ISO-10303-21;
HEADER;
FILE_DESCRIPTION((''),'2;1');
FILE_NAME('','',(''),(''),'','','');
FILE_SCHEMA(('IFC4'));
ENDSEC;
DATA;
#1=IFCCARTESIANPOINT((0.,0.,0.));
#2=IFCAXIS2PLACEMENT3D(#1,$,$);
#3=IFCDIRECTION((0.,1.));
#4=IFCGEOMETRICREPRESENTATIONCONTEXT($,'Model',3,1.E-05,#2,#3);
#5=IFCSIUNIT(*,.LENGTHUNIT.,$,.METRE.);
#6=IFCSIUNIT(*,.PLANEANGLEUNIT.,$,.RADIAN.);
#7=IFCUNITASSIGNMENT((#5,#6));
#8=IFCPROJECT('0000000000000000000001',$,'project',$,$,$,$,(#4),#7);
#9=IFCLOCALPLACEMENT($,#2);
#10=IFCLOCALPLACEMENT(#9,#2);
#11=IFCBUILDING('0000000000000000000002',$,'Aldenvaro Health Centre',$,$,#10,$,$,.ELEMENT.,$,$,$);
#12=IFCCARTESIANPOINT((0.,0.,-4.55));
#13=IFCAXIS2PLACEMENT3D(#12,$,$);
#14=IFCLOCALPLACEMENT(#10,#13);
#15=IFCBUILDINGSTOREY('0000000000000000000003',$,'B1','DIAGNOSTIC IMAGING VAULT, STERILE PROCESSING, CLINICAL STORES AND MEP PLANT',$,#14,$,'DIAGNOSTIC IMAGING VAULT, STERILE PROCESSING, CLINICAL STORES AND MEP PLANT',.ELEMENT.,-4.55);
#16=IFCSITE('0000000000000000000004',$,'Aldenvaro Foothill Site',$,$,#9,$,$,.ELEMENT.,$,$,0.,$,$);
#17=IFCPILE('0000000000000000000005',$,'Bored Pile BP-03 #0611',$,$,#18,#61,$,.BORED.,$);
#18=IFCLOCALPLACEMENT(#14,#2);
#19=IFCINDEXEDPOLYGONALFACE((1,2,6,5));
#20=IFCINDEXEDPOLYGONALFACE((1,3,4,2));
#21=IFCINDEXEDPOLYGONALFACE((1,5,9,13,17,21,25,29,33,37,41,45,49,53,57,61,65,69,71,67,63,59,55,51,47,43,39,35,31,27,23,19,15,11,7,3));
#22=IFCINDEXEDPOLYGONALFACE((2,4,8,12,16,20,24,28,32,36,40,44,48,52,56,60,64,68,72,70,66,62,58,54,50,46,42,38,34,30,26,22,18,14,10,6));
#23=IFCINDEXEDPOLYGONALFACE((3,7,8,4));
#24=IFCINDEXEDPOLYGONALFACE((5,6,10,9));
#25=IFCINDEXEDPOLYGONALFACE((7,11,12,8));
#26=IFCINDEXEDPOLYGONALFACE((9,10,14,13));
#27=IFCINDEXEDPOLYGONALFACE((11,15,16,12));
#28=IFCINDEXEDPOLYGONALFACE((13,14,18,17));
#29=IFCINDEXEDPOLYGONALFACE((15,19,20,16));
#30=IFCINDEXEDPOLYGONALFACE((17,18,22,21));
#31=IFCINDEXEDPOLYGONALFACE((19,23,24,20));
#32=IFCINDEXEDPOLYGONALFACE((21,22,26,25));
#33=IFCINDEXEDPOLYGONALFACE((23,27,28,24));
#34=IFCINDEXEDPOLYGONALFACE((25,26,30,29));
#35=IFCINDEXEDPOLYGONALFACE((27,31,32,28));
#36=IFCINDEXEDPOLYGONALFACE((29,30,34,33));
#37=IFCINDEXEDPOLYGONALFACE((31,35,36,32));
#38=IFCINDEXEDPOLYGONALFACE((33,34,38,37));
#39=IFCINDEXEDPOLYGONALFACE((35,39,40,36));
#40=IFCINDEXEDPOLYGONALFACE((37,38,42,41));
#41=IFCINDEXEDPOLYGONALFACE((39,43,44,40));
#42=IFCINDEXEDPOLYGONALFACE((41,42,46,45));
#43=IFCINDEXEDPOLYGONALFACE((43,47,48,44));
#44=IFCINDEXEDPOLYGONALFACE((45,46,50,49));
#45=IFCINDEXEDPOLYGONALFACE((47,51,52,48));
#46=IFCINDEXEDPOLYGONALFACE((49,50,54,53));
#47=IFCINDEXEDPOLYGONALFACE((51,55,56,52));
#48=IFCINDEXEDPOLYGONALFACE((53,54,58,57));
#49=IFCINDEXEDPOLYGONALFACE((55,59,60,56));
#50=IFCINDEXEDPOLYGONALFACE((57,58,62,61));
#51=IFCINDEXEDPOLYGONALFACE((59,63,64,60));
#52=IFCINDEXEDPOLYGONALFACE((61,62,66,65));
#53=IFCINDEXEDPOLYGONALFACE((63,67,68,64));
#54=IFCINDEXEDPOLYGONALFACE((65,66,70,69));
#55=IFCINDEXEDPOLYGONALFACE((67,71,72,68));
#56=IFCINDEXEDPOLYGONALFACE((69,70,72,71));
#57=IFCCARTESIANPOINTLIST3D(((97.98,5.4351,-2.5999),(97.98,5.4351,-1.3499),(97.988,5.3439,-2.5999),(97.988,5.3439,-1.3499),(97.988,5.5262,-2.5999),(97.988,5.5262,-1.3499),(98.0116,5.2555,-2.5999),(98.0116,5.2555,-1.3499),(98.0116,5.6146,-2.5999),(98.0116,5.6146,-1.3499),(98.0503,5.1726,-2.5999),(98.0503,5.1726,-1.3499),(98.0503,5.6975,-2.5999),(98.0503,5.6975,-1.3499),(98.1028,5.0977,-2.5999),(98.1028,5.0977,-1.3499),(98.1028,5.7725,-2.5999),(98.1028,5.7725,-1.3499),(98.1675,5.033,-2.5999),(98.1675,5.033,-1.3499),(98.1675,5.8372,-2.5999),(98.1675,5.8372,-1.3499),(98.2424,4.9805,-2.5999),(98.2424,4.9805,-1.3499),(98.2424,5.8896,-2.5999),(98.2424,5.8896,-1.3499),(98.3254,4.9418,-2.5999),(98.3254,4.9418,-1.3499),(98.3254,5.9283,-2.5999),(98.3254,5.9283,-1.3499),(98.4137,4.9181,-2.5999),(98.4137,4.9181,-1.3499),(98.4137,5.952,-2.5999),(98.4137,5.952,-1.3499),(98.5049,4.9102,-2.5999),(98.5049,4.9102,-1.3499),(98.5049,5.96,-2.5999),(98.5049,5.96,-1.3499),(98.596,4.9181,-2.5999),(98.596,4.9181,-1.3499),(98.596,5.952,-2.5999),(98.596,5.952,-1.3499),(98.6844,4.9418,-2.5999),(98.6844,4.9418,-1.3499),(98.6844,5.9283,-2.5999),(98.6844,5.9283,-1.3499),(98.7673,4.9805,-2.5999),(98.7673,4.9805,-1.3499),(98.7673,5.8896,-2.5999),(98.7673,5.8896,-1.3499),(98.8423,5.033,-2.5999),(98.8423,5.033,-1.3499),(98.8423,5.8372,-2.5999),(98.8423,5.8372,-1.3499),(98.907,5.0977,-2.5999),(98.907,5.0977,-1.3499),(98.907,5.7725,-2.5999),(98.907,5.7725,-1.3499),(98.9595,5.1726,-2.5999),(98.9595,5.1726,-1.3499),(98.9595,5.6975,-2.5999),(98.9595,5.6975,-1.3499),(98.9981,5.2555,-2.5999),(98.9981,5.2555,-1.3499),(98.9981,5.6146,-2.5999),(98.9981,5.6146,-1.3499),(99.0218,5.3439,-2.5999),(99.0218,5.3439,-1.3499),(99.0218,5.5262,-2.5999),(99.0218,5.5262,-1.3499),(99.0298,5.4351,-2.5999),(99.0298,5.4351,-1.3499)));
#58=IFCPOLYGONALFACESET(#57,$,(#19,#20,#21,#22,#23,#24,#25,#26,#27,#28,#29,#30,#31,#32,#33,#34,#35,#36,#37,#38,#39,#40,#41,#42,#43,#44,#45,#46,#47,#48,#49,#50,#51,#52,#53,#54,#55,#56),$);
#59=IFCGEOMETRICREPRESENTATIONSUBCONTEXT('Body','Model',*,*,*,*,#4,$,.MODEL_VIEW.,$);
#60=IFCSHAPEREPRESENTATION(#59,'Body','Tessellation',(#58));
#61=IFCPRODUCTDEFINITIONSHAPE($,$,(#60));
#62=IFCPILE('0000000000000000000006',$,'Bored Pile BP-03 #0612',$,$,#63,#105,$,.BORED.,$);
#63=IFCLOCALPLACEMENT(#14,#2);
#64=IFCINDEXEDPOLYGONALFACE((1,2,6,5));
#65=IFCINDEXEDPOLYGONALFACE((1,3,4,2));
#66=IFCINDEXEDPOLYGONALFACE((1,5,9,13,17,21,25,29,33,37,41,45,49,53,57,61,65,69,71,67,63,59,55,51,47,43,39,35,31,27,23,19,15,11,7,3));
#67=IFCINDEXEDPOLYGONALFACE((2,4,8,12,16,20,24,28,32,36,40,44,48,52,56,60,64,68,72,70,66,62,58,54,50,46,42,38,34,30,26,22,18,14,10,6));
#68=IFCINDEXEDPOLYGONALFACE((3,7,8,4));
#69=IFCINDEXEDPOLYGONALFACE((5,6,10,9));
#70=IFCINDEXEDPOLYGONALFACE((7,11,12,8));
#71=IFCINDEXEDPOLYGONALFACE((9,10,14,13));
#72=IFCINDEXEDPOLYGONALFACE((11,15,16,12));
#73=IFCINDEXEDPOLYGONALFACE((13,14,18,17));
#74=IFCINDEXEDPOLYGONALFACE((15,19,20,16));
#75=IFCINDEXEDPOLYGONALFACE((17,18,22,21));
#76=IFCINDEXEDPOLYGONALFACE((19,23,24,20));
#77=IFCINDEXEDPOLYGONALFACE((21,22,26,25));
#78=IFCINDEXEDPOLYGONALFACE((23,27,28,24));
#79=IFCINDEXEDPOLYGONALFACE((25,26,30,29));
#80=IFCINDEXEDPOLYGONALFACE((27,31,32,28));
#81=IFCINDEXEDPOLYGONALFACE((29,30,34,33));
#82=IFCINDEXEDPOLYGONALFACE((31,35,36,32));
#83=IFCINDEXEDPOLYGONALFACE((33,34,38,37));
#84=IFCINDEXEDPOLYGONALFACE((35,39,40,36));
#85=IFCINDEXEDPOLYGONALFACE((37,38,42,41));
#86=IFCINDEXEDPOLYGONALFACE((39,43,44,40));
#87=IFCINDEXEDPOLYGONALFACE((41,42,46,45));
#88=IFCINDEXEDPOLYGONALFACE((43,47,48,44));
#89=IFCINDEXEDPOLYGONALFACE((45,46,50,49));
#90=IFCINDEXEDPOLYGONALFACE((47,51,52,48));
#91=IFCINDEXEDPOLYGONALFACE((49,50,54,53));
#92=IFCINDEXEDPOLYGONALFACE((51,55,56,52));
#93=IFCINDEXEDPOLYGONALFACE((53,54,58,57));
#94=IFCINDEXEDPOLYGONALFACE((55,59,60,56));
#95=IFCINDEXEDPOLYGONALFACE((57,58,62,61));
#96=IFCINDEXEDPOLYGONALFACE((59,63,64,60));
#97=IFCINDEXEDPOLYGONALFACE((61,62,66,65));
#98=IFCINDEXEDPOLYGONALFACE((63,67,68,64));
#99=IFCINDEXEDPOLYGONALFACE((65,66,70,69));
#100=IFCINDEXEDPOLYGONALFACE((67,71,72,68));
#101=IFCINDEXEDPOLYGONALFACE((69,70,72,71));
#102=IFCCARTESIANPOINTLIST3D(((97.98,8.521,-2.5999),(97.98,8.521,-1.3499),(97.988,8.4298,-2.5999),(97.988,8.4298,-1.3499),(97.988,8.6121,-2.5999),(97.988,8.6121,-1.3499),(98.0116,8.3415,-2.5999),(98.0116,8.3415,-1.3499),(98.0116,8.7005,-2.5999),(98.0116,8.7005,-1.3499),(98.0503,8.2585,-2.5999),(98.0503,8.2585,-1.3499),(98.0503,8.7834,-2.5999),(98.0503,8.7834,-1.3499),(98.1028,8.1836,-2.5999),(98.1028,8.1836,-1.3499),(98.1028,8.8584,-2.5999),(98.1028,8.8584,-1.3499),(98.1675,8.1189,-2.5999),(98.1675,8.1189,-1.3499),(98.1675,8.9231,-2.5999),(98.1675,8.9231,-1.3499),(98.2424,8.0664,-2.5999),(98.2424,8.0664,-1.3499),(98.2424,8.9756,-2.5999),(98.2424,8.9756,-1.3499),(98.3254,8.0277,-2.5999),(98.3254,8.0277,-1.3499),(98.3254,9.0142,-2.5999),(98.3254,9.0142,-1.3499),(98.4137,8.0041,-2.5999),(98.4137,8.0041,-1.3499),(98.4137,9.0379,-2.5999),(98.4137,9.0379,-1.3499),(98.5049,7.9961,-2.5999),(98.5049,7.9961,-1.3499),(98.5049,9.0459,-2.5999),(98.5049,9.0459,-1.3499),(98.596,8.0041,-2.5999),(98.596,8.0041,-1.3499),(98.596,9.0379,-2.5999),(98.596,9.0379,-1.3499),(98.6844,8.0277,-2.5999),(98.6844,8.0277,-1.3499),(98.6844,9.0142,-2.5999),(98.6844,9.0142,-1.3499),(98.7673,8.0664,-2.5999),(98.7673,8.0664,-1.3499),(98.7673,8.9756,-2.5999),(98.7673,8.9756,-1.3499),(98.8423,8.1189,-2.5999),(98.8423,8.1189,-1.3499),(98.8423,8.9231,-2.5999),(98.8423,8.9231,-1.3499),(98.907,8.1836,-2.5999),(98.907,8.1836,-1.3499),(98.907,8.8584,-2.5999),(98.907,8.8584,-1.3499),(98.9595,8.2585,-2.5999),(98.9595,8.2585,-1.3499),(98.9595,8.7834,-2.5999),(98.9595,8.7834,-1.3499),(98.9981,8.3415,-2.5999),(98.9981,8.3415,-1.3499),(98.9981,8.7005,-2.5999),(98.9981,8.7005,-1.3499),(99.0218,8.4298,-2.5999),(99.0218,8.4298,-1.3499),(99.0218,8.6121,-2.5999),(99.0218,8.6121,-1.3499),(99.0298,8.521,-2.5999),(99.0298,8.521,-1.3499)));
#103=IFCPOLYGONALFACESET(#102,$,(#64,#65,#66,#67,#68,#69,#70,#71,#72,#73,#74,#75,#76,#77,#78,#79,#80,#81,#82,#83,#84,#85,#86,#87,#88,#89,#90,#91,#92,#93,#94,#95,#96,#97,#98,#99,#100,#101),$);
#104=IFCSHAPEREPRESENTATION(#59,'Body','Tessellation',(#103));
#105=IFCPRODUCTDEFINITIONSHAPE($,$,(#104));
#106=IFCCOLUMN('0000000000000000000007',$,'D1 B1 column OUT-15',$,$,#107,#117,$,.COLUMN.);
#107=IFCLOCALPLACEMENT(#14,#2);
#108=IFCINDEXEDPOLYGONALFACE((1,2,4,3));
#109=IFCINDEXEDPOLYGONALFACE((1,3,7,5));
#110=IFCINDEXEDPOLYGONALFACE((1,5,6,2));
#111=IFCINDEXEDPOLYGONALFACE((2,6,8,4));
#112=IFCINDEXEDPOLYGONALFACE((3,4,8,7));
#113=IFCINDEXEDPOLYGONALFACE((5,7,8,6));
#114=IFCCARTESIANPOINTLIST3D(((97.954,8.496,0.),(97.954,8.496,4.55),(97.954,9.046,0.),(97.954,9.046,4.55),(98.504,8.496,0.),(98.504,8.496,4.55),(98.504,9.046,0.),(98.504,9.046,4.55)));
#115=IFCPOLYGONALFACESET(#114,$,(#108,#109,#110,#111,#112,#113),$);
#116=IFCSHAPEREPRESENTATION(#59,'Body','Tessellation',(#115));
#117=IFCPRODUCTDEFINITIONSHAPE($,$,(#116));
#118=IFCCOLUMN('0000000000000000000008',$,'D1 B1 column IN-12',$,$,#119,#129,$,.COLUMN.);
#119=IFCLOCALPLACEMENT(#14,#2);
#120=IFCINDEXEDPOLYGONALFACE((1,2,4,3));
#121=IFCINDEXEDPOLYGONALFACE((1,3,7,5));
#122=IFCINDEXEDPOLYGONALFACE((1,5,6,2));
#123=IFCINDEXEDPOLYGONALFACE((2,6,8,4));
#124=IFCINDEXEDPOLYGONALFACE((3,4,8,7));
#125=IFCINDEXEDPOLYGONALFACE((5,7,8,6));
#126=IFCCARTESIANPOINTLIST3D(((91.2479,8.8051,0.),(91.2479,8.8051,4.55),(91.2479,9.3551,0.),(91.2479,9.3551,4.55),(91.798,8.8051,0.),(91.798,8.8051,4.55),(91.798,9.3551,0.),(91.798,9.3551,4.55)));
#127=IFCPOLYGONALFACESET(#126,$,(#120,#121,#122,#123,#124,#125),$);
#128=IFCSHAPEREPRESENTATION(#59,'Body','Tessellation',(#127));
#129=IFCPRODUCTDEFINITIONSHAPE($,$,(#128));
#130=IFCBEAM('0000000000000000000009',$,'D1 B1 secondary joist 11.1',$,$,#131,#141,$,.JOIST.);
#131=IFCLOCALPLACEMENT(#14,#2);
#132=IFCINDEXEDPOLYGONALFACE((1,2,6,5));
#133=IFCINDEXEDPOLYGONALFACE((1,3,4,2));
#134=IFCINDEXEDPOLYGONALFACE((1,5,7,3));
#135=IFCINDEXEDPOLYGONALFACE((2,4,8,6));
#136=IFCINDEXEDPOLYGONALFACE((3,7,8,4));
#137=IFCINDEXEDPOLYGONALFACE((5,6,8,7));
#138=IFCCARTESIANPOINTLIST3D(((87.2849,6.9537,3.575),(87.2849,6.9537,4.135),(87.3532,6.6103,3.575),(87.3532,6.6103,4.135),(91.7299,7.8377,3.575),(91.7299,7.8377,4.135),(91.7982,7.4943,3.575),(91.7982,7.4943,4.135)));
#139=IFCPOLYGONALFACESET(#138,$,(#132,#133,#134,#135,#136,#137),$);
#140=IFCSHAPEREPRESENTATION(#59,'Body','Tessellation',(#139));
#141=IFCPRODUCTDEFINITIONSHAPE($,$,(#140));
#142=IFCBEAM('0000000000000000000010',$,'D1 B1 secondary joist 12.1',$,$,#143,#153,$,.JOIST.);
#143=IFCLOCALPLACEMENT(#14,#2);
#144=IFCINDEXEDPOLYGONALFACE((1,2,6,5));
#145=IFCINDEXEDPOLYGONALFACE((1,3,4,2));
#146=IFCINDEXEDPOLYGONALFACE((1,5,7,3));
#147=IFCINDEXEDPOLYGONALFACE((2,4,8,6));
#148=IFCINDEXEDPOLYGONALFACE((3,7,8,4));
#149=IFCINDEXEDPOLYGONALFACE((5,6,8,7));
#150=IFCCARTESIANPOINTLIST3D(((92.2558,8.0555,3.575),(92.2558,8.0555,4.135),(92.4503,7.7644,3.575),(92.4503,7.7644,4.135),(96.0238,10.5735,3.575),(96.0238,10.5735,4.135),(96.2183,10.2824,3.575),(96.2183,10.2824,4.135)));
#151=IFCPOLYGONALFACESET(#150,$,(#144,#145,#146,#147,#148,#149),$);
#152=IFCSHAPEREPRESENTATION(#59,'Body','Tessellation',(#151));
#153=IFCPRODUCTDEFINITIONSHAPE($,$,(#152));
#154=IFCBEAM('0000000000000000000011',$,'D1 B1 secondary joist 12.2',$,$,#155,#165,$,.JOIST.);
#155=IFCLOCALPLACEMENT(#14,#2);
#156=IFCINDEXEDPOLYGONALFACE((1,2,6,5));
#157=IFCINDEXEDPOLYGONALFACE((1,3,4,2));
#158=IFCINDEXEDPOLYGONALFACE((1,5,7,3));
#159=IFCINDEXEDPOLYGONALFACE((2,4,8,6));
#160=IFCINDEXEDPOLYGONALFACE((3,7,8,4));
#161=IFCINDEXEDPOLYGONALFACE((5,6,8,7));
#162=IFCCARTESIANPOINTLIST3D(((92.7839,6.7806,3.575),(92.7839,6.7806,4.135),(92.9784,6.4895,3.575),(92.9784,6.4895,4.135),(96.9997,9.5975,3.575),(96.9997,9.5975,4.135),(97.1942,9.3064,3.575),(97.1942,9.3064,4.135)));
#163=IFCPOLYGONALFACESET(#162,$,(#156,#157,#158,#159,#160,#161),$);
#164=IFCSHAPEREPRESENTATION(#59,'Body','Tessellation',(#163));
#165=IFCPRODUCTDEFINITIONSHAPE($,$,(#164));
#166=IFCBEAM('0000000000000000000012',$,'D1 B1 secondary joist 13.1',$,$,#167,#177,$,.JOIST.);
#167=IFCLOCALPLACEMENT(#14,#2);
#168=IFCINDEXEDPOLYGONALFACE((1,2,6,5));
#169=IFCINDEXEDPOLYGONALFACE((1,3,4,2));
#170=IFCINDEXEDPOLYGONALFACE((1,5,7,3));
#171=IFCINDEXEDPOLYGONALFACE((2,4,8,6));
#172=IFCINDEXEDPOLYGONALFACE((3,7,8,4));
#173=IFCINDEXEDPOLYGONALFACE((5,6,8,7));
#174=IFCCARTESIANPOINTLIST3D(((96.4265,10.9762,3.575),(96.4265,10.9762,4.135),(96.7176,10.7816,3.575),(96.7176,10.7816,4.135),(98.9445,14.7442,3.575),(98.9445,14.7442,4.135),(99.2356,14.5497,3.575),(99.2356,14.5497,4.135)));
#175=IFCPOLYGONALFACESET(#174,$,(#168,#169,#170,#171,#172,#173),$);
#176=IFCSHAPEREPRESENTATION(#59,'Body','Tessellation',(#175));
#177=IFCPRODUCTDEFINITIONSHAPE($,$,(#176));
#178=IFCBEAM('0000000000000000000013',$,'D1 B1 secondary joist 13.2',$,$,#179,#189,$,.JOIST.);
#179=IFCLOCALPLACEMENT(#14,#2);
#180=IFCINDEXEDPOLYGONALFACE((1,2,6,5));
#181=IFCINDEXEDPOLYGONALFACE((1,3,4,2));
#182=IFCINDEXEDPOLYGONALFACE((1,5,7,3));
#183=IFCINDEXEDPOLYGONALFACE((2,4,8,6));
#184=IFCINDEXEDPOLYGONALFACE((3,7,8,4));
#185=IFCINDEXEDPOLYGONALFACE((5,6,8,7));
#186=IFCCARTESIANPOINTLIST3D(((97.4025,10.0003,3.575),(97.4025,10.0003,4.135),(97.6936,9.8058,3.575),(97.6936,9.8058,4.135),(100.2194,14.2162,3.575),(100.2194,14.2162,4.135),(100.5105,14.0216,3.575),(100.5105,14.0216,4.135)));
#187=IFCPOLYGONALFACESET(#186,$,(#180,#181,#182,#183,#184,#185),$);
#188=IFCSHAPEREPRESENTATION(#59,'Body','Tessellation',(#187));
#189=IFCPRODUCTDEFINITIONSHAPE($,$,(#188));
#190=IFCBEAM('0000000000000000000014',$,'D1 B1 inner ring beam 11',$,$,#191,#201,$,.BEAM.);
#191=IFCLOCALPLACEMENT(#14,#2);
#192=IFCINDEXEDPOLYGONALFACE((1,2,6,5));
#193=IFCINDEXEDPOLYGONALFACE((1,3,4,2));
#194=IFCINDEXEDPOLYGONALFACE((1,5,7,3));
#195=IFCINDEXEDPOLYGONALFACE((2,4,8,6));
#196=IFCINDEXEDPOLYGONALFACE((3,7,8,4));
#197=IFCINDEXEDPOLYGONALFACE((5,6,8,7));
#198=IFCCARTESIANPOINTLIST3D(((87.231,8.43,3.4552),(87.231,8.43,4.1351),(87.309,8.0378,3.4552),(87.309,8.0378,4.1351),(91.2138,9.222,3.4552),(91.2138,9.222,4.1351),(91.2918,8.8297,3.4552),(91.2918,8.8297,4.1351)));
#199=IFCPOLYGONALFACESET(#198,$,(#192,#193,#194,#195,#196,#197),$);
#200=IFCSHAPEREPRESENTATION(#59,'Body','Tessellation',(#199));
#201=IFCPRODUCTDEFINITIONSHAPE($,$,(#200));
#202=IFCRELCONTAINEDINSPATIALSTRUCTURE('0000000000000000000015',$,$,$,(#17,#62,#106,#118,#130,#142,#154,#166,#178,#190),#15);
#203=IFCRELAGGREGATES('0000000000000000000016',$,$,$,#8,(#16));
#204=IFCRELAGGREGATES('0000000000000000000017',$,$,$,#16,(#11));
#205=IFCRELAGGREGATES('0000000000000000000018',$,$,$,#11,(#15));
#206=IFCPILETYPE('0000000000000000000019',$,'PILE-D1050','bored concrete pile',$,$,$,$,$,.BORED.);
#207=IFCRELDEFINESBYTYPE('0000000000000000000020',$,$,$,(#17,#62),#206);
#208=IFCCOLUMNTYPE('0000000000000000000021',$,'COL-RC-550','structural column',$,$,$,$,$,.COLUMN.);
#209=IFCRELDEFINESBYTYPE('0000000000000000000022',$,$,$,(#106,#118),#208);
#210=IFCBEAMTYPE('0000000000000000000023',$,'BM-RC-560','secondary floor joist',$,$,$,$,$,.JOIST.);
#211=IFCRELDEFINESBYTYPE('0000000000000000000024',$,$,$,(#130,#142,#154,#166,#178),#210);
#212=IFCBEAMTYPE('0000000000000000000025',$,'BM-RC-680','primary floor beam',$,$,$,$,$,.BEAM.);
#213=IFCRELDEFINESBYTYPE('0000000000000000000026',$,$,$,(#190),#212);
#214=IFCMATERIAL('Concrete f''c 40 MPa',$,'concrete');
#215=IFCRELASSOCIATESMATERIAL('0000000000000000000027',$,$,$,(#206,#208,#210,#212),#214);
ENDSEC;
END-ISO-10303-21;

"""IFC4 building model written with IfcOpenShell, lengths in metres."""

from ifc_helpers import new_model, si_unit, direction, frame, origin, origin_2d, place, context, subcontext, project, spatial, rectangle, circle, extrude, material, material_profile, profile_set, type_object, element, save


model = new_model("IFC4")

# Units and contexts
model_context = context("Model", 3, precision=1e-05, world=origin(), true_north=direction((0.0, 1.0)))
body_context = subcontext(model_context, "Body", "Model", "MODEL_VIEW")
ifc_project = project(units=[si_unit("LENGTHUNIT", "METRE"), si_unit("PLANEANGLEUNIT", "RADIAN")], contexts=[model_context])

# Site, building, storey
site_placement = place(None, origin())
site = spatial("IfcSite", under=ifc_project, at=site_placement, Name="Aldenvaro Foothill Site", CompositionType="ELEMENT", RefElevation=0.0)
building_placement = place(site_placement, origin())
building = spatial("IfcBuilding", under=site, at=building_placement, Name="Aldenvaro Health Centre", CompositionType="ELEMENT")
storey_placement = place(building_placement, frame((0.0, 0.0, -4.55)))
storey = spatial("IfcBuildingStorey", under=building, at=storey_placement, Name="B1", Description="DIAGNOSTIC IMAGING VAULT, STERILE PROCESSING, CLINICAL STORES AND MEP PLANT", LongName="DIAGNOSTIC IMAGING VAULT, STERILE PROCESSING, CLINICAL STORES AND MEP PLANT", CompositionType="ELEMENT", Elevation=-4.55)

# Piles
ifc_material_1 = material(Name="Concrete f'c 40 MPa", Category="concrete")
ifc_material_profile_1 = material_profile(ifc_material_1, circle(Radius=0.5249, at=origin_2d()), Name="PILE D1050", Category="concrete")
ifc_profile_set_1 = profile_set([ifc_material_profile_1], Name="Concrete f'c 40 MPa")
pile_type = type_object("IfcPileType", Name="PILE-D1050", Description="bored concrete pile", PredefinedType="BORED", material=ifc_profile_set_1)
for number, where, z_axis, x_axis, name in (
    (1, (98.5049, 5.4351, -1.3499), (0.0, 0.0, -1.0), (1.0, 0.0, 0.0), "Bored Pile BP-03 #0611"),
    (2, (98.5049, 8.521, -1.3499), (0.0, 0.0, -1.0), (1.0, 0.0, 0.0), "Bored Pile BP-03 #0612"),
):
    element("IfcPile", number, at=place(storey_placement, frame(where, z_axis=z_axis, x_axis=x_axis)), inside=storey, type_object=pile_type, Name=name, PredefinedType="BORED", context=body_context, shape_type="SweptSolid", body=[
        extrude(circle(Radius=0.5249, at=origin_2d()), origin(), (0.0, 0.0, 1.0), 1.25),
    ])

# Columns
ifc_material_profile_2 = material_profile(ifc_material_1, rectangle(XDim=0.55, YDim=0.55, at=origin_2d()), Name="RC 550x550", Category="concrete")
ifc_profile_set_2 = profile_set([ifc_material_profile_2], Name="Concrete f'c 40 MPa")
column_type = type_object("IfcColumnType", Name="COL-RC-550", Description="structural column", PredefinedType="COLUMN", material=ifc_profile_set_2)
for number, where, z_axis, x_axis, name in (
    (3, (98.229, 8.771, 0.0), (0.0, 0.0, 1.0), (1.0, 0.0, 0.0), "D1 B1 column OUT-15"),
    (4, (91.5229, 9.0801, 0.0), (0.0, 0.0, 1.0), (1.0, 0.0, 0.0), "D1 B1 column IN-12"),
):
    element("IfcColumn", number, at=place(storey_placement, frame(where, z_axis=z_axis, x_axis=x_axis)), inside=storey, type_object=column_type, Name=name, PredefinedType="COLUMN", context=body_context, shape_type="SweptSolid", body=[
        extrude(rectangle(XDim=0.55, YDim=0.55, at=origin_2d()), origin(), (0.0, 0.0, 1.0), 4.55),
    ])

# Beams
ifc_material_profile_3 = material_profile(ifc_material_1, rectangle(XDim=0.3501, YDim=0.5601, at=origin_2d()), Name="RC 350x560", Category="concrete")
ifc_profile_set_3 = profile_set([ifc_material_profile_3], Name="Concrete f'c 40 MPa")
beam_type_1 = type_object("IfcBeamType", Name="BM-RC-560", Description="secondary floor joist", PredefinedType="JOIST", material=ifc_profile_set_3)
for number, where, z_axis, x_axis, name in (
    (5, (87.3191, 6.782, 3.855), (0.980789, 0.19507, 0.0), (-0.19507, 0.980789, 0.0), "D1 B1 secondary joist 11.1"),
    (6, (92.353, 7.9099, 3.855), (0.831436, 0.55562, 0.0), (-0.55562, 0.831436, 0.0), "D1 B1 secondary joist 12.1"),
):
    element("IfcBeam", number, at=place(storey_placement, frame(where, z_axis=z_axis, x_axis=x_axis)), inside=storey, type_object=beam_type_1, Name=name, PredefinedType="JOIST", context=body_context, shape_type="SweptSolid", body=[
        extrude(rectangle(XDim=0.3501, YDim=0.5601, at=origin_2d()), origin(), (0.0, 0.0, 1.0), 4.532),
    ])
beam_1_placement = place(storey_placement, frame((92.8811, 6.635, 3.855), z_axis=(0.831472, 0.555567, 0.0), x_axis=(-0.555567, 0.831472, 0.0)))
element("IfcBeam", 7, at=beam_1_placement, inside=storey, type_object=beam_type_1, Name="D1 B1 secondary joist 12.2", PredefinedType="JOIST", context=body_context, shape_type="SweptSolid", body=[
    extrude(rectangle(XDim=0.3501, YDim=0.5601, at=origin_2d()), origin(), (0.0, 0.0, 1.0), 5.0703),
])
beam_2_placement = place(storey_placement, frame((96.572, 10.8789, 3.855), z_axis=(0.55562, 0.831436, 0.0), x_axis=(-0.831436, 0.55562, 0.0)))
element("IfcBeam", 8, at=beam_2_placement, inside=storey, type_object=beam_type_1, Name="D1 B1 secondary joist 13.1", PredefinedType="JOIST", context=body_context, shape_type="SweptSolid", body=[
    extrude(rectangle(XDim=0.3501, YDim=0.5601, at=origin_2d()), origin(), (0.0, 0.0, 1.0), 4.532),
])
beam_3_placement = place(storey_placement, frame((97.5481, 9.9031, 3.855), z_axis=(0.555567, 0.831472, 0.0), x_axis=(-0.831472, 0.555567, 0.0)))
element("IfcBeam", 9, at=beam_3_placement, inside=storey, type_object=beam_type_1, Name="D1 B1 secondary joist 13.2", PredefinedType="JOIST", context=body_context, shape_type="SweptSolid", body=[
    extrude(rectangle(XDim=0.3501, YDim=0.5601, at=origin_2d()), origin(), (0.0, 0.0, 1.0), 5.0703),
])
ifc_material_profile_4 = material_profile(ifc_material_1, rectangle(XDim=0.3999, YDim=0.6799, at=origin_2d()), Name="RC 400x680", Category="concrete")
ifc_profile_set_4 = profile_set([ifc_material_profile_4], Name="Concrete f'c 40 MPa")
beam_type_2 = type_object("IfcBeamType", Name="BM-RC-680", Description="primary floor beam", PredefinedType="BEAM", material=ifc_profile_set_4)
beam_4_placement = place(storey_placement, frame((87.27, 8.2339, 3.7952), z_axis=(0.980797, 0.195029, 0.0), x_axis=(-0.195029, 0.980797, 0.0)))
element("IfcBeam", 10, at=beam_4_placement, inside=storey, type_object=beam_type_2, Name="D1 B1 inner ring beam 11", PredefinedType="BEAM", context=body_context, shape_type="SweptSolid", body=[
    extrude(rectangle(XDim=0.3999, YDim=0.6799, at=origin_2d()), origin(), (0.0, 0.0, 1.0), 4.0608),
])

save(model, "model.ifc")
